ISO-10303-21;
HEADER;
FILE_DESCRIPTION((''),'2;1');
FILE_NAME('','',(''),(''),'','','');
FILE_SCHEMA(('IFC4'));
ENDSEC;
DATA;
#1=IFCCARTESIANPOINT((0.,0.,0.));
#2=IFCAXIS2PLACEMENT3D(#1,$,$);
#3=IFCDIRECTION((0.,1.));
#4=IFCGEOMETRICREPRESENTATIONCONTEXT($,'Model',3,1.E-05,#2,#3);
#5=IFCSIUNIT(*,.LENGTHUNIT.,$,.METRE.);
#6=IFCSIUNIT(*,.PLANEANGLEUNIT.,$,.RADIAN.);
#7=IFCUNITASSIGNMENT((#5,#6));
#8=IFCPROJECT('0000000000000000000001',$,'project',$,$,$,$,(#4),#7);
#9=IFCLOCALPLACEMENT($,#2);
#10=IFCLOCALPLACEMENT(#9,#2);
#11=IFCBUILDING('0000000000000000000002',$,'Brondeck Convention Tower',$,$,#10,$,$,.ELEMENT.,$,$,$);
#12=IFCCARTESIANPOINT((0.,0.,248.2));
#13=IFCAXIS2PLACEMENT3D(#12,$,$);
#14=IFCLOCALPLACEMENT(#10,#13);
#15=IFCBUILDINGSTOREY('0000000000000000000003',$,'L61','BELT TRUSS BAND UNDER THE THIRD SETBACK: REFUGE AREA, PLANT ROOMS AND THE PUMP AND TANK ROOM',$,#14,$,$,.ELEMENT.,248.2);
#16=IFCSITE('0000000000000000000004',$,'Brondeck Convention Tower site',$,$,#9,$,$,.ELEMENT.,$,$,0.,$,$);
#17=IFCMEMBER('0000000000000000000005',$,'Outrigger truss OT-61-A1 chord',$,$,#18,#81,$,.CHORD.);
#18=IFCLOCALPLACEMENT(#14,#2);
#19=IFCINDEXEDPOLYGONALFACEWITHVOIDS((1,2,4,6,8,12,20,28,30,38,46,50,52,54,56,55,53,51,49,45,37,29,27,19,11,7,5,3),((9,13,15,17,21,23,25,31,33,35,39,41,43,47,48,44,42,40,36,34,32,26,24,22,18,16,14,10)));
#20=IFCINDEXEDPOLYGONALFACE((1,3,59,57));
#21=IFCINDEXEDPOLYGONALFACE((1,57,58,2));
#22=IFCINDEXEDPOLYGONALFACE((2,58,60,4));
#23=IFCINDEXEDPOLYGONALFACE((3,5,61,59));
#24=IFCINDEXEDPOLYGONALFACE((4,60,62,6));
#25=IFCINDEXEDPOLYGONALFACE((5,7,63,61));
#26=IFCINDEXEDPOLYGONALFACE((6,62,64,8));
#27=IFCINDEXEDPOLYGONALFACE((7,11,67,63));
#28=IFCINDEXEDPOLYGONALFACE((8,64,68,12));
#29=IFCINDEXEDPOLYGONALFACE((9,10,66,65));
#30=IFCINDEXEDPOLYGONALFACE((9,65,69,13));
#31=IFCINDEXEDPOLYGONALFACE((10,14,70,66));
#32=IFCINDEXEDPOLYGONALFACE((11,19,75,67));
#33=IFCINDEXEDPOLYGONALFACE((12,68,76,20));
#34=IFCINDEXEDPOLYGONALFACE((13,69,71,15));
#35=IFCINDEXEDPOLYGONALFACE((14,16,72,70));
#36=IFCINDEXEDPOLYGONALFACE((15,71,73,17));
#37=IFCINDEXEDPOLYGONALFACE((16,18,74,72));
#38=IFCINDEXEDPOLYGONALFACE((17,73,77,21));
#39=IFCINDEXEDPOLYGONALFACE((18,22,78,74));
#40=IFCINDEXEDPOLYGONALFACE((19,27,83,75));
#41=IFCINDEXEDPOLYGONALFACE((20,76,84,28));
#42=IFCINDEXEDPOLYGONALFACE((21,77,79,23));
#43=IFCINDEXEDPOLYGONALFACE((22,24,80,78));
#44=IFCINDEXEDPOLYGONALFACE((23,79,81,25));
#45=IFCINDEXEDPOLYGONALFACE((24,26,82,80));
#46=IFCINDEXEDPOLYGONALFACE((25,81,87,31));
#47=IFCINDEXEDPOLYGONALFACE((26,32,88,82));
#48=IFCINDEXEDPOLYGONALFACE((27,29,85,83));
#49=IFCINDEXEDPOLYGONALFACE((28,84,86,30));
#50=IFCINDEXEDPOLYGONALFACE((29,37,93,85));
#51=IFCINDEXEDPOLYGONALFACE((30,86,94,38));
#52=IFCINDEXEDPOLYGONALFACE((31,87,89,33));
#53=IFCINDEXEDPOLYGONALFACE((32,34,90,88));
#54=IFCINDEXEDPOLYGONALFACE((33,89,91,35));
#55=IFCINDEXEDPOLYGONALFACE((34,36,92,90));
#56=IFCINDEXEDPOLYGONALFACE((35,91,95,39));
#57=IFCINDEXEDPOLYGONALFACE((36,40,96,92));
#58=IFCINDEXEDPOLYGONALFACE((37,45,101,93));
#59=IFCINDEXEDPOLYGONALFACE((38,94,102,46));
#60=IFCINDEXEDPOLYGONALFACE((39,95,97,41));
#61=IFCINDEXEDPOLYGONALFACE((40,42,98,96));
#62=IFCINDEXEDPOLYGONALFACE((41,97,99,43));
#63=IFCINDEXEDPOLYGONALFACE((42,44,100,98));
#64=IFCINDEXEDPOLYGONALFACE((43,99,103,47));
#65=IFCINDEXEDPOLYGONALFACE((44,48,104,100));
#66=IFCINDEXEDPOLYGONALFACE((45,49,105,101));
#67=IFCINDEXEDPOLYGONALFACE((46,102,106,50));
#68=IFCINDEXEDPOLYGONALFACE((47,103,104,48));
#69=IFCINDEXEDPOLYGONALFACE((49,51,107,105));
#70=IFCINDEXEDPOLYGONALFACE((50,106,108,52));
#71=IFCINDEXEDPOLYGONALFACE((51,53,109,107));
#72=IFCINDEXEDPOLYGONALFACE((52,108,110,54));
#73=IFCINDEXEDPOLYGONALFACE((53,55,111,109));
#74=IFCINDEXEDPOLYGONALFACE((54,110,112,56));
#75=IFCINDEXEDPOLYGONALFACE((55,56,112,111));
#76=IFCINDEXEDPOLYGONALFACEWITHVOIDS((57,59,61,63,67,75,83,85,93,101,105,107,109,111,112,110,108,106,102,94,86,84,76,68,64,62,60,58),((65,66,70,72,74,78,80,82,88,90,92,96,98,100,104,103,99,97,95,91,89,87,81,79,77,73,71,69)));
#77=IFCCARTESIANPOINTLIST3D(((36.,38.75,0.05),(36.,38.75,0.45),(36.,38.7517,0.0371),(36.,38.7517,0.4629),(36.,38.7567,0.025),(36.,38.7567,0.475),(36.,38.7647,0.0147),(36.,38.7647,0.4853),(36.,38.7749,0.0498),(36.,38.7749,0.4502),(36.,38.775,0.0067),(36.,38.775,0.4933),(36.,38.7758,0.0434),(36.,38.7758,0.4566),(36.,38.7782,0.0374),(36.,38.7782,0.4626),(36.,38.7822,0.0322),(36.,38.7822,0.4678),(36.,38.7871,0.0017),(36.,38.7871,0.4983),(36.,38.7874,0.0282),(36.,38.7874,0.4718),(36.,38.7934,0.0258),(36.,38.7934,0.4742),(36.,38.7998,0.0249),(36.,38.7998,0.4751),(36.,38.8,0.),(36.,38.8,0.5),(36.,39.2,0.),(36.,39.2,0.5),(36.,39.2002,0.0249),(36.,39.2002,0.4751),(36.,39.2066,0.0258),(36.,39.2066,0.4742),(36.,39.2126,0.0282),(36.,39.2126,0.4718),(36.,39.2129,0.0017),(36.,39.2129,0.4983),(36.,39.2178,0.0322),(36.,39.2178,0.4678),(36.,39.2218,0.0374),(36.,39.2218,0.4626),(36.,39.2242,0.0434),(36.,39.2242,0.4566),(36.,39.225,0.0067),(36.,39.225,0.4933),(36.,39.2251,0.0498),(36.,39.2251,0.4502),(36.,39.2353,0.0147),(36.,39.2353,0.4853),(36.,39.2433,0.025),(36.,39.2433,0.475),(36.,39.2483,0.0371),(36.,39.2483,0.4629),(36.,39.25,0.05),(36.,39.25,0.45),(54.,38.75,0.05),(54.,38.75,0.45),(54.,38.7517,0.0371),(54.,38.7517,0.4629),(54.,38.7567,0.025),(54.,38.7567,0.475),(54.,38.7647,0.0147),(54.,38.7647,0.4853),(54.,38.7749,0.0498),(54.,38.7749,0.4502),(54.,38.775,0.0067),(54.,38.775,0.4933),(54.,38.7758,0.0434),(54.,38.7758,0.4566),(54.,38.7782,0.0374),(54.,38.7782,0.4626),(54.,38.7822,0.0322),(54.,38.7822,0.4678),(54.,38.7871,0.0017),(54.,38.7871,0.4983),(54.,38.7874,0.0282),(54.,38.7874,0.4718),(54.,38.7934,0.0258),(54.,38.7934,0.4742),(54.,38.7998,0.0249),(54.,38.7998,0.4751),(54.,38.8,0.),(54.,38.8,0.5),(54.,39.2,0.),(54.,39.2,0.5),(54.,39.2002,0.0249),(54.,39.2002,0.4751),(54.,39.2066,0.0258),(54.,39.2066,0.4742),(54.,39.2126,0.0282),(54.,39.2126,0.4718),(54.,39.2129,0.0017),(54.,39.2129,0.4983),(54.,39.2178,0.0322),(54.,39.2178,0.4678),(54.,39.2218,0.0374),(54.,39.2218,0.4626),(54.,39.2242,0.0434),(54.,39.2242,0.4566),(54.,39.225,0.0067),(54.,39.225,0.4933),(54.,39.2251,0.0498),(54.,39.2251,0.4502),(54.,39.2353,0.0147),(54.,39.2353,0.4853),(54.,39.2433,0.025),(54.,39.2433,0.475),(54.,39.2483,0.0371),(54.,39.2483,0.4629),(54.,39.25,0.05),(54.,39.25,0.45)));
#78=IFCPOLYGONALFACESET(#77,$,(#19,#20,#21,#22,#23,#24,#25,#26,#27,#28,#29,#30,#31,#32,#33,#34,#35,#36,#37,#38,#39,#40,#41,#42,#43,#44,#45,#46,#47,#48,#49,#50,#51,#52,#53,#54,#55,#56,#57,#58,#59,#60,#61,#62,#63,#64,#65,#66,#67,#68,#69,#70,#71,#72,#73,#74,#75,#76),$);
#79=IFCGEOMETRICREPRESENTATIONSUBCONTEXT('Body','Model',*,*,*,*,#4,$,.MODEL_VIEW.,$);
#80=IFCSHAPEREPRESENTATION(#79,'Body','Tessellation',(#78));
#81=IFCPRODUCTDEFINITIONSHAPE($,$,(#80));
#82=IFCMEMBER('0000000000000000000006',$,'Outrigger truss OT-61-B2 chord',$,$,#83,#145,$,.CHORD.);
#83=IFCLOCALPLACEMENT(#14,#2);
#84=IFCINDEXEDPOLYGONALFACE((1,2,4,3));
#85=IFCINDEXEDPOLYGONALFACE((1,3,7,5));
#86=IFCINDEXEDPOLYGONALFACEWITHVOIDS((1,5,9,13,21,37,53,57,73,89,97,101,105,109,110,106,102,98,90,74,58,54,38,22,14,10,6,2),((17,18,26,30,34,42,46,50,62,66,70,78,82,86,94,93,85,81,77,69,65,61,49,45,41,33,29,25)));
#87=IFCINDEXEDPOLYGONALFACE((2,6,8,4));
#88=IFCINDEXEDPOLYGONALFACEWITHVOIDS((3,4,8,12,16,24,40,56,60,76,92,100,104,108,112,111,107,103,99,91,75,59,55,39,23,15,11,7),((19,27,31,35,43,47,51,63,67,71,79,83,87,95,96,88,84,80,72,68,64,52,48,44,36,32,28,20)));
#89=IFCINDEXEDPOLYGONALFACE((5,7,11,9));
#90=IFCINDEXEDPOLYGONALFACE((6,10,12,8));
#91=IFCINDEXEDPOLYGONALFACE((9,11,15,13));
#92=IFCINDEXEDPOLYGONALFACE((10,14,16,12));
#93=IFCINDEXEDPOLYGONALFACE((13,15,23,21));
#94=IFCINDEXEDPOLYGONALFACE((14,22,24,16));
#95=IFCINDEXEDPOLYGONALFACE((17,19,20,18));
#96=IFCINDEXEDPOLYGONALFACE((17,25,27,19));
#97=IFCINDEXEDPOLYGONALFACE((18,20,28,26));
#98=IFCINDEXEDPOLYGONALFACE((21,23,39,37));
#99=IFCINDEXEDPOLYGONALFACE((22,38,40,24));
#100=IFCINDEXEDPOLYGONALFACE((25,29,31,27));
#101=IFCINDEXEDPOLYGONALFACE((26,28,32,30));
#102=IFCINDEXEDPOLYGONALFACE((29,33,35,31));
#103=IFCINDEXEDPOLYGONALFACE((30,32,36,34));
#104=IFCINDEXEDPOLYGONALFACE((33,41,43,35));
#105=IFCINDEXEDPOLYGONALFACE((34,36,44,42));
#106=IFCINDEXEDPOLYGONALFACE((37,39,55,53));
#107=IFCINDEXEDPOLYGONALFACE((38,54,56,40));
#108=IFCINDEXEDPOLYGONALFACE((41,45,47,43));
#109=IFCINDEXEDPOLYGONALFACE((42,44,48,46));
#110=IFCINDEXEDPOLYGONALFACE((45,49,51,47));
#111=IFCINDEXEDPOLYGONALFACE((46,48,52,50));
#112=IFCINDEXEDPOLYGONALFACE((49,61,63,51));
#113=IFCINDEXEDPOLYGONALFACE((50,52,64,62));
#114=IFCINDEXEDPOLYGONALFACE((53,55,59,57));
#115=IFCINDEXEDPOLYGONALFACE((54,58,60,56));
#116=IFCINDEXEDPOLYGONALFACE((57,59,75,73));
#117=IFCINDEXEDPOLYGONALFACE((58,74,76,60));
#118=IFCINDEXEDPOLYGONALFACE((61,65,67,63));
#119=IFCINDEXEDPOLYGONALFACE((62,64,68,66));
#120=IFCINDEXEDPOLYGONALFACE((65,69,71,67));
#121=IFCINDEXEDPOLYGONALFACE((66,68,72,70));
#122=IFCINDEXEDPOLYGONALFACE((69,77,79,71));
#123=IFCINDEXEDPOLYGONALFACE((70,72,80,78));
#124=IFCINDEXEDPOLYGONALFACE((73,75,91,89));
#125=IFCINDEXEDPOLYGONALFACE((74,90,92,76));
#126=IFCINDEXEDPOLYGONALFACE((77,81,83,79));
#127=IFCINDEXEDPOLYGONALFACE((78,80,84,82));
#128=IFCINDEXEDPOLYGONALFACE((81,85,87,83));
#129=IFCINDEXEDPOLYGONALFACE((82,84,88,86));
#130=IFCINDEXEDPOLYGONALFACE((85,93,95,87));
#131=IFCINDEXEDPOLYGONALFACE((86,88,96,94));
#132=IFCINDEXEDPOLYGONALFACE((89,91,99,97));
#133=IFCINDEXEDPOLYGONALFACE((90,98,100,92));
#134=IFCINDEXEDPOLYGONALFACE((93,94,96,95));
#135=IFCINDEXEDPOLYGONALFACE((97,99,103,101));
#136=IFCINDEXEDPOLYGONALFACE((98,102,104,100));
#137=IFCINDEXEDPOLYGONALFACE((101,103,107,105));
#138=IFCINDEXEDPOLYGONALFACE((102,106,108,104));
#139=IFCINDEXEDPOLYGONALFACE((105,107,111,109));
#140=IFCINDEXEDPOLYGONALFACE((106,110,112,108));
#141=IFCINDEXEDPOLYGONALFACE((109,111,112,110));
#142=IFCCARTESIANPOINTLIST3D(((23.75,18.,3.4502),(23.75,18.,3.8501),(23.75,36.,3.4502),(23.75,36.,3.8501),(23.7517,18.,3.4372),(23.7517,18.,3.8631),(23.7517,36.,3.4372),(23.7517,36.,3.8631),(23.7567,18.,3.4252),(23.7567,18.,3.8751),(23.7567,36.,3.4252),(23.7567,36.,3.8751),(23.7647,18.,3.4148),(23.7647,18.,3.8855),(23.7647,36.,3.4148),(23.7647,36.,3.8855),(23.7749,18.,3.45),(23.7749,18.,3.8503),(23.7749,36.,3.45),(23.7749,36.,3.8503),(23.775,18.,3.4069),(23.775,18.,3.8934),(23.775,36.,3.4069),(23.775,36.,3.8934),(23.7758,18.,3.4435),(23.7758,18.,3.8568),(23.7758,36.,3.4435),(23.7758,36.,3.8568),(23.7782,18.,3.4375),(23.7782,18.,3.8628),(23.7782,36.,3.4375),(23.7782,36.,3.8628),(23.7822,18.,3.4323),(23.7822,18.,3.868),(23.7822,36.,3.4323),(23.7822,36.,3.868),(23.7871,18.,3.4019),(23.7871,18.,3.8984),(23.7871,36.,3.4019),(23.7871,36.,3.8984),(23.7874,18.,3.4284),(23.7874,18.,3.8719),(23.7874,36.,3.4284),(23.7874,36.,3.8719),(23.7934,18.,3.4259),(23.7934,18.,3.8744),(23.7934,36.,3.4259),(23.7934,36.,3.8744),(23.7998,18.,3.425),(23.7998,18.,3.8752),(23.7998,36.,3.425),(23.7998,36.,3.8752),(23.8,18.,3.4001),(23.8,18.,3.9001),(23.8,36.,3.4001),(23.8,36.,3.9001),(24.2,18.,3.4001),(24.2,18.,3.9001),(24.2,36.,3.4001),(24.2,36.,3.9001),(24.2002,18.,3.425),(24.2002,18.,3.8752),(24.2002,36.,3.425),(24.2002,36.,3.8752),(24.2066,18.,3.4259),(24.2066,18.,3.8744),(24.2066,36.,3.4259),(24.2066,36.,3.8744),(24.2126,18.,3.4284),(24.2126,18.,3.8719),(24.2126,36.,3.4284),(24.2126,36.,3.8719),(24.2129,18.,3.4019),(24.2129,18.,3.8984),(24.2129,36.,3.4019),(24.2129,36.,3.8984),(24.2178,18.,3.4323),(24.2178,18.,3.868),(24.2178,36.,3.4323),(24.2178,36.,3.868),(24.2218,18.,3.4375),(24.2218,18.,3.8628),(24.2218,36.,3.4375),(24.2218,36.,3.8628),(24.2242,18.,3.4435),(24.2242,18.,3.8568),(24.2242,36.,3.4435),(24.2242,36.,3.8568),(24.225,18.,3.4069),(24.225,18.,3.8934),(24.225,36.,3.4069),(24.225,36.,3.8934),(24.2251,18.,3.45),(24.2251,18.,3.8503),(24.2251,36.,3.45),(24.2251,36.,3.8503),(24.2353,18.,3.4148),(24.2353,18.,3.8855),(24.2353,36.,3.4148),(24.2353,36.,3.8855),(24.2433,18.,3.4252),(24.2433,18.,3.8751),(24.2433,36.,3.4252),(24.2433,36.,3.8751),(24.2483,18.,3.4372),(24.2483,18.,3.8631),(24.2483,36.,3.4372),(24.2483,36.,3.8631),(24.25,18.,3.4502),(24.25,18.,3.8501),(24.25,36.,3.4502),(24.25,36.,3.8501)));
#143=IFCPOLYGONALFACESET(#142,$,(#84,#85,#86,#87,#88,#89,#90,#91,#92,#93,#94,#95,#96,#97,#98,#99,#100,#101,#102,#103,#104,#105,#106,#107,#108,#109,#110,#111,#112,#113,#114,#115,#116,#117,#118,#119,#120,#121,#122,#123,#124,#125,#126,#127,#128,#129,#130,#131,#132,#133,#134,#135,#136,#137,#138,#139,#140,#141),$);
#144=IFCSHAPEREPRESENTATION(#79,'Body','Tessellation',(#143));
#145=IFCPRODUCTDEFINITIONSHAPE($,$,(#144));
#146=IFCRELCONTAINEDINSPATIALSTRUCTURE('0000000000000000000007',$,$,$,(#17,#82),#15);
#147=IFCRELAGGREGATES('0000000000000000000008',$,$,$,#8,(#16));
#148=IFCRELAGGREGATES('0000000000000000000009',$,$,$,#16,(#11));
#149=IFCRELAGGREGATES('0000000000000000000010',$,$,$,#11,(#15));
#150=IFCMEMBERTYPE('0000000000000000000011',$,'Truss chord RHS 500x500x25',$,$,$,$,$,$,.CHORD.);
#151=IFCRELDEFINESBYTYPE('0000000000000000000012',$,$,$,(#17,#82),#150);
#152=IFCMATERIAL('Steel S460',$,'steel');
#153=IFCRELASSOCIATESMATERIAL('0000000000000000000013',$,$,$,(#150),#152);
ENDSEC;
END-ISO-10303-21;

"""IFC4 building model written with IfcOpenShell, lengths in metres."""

from ifc_helpers import new_model, si_unit, direction, frame, origin, origin_2d, place, context, subcontext, project, spatial, hollow_rectangle, extrude, material, material_profile, profile_set, type_object, element, save


model = new_model("IFC4")

# Units and contexts
model_context = context("Model", 3, precision=1e-05, world=origin(), true_north=direction((0.0, 1.0)))
body_context = subcontext(model_context, "Body", "Model", "MODEL_VIEW")
ifc_project = project(units=[si_unit("LENGTHUNIT", "METRE"), si_unit("PLANEANGLEUNIT", "RADIAN")], contexts=[model_context])

# Site, building, storey
site_placement = place(None, origin())
site = spatial("IfcSite", under=ifc_project, at=site_placement, Name="Brondeck Convention Tower site", CompositionType="ELEMENT", RefElevation=0.0)
building_placement = place(site_placement, origin())
building = spatial("IfcBuilding", under=site, at=building_placement, Name="Brondeck Convention Tower", CompositionType="ELEMENT")
storey_placement = place(building_placement, frame((0.0, 0.0, 248.2)))
storey = spatial("IfcBuildingStorey", under=building, at=storey_placement, Name="L61", Description="BELT TRUSS BAND UNDER THE THIRD SETBACK: REFUGE AREA, PLANT ROOMS AND THE PUMP AND TANK ROOM", CompositionType="ELEMENT", Elevation=248.2)

# Shared definitions
ifc_material_1 = material(Name="Steel S460", Category="steel")

# Members
ifc_material_profile_1 = material_profile(ifc_material_1, hollow_rectangle(XDim=0.5, YDim=0.5, WallThickness=0.0249, InnerFilletRadius=0.0249, OuterFilletRadius=0.05, at=origin_2d()), Name="RHS 500x500x25")
ifc_profile_set_1 = profile_set([ifc_material_profile_1], Name="Steel S460")
member_type_1 = type_object("IfcMemberType", Name="Truss chord RHS 500x500x25", PredefinedType="CHORD", material=ifc_profile_set_1)
for number, where, z_axis, x_axis, name in (
    (1, (36.0, 39.0, 0.25), (1.0, 0.0, 0.0), (0.0, 1.0, 0.0), "Outrigger truss OT-61-A1 chord"),
    (2, (24.0, 36.0, 3.6501), (0.0, -1.0, 0.0), (1.0, 0.0, 0.0), "Outrigger truss OT-61-B2 chord"),
):
    element("IfcMember", number, at=place(storey_placement, frame(where, z_axis=z_axis, x_axis=x_axis)), inside=storey, type_object=member_type_1, Name=name, PredefinedType="CHORD", context=body_context, shape_type="SweptSolid", body=[
        extrude(hollow_rectangle(XDim=0.5, YDim=0.5, WallThickness=0.0249, InnerFilletRadius=0.0249, OuterFilletRadius=0.05, at=origin_2d()), origin(), (0.0, 0.0, 1.0), 18.0),
    ])

save(model, "model.ifc")
